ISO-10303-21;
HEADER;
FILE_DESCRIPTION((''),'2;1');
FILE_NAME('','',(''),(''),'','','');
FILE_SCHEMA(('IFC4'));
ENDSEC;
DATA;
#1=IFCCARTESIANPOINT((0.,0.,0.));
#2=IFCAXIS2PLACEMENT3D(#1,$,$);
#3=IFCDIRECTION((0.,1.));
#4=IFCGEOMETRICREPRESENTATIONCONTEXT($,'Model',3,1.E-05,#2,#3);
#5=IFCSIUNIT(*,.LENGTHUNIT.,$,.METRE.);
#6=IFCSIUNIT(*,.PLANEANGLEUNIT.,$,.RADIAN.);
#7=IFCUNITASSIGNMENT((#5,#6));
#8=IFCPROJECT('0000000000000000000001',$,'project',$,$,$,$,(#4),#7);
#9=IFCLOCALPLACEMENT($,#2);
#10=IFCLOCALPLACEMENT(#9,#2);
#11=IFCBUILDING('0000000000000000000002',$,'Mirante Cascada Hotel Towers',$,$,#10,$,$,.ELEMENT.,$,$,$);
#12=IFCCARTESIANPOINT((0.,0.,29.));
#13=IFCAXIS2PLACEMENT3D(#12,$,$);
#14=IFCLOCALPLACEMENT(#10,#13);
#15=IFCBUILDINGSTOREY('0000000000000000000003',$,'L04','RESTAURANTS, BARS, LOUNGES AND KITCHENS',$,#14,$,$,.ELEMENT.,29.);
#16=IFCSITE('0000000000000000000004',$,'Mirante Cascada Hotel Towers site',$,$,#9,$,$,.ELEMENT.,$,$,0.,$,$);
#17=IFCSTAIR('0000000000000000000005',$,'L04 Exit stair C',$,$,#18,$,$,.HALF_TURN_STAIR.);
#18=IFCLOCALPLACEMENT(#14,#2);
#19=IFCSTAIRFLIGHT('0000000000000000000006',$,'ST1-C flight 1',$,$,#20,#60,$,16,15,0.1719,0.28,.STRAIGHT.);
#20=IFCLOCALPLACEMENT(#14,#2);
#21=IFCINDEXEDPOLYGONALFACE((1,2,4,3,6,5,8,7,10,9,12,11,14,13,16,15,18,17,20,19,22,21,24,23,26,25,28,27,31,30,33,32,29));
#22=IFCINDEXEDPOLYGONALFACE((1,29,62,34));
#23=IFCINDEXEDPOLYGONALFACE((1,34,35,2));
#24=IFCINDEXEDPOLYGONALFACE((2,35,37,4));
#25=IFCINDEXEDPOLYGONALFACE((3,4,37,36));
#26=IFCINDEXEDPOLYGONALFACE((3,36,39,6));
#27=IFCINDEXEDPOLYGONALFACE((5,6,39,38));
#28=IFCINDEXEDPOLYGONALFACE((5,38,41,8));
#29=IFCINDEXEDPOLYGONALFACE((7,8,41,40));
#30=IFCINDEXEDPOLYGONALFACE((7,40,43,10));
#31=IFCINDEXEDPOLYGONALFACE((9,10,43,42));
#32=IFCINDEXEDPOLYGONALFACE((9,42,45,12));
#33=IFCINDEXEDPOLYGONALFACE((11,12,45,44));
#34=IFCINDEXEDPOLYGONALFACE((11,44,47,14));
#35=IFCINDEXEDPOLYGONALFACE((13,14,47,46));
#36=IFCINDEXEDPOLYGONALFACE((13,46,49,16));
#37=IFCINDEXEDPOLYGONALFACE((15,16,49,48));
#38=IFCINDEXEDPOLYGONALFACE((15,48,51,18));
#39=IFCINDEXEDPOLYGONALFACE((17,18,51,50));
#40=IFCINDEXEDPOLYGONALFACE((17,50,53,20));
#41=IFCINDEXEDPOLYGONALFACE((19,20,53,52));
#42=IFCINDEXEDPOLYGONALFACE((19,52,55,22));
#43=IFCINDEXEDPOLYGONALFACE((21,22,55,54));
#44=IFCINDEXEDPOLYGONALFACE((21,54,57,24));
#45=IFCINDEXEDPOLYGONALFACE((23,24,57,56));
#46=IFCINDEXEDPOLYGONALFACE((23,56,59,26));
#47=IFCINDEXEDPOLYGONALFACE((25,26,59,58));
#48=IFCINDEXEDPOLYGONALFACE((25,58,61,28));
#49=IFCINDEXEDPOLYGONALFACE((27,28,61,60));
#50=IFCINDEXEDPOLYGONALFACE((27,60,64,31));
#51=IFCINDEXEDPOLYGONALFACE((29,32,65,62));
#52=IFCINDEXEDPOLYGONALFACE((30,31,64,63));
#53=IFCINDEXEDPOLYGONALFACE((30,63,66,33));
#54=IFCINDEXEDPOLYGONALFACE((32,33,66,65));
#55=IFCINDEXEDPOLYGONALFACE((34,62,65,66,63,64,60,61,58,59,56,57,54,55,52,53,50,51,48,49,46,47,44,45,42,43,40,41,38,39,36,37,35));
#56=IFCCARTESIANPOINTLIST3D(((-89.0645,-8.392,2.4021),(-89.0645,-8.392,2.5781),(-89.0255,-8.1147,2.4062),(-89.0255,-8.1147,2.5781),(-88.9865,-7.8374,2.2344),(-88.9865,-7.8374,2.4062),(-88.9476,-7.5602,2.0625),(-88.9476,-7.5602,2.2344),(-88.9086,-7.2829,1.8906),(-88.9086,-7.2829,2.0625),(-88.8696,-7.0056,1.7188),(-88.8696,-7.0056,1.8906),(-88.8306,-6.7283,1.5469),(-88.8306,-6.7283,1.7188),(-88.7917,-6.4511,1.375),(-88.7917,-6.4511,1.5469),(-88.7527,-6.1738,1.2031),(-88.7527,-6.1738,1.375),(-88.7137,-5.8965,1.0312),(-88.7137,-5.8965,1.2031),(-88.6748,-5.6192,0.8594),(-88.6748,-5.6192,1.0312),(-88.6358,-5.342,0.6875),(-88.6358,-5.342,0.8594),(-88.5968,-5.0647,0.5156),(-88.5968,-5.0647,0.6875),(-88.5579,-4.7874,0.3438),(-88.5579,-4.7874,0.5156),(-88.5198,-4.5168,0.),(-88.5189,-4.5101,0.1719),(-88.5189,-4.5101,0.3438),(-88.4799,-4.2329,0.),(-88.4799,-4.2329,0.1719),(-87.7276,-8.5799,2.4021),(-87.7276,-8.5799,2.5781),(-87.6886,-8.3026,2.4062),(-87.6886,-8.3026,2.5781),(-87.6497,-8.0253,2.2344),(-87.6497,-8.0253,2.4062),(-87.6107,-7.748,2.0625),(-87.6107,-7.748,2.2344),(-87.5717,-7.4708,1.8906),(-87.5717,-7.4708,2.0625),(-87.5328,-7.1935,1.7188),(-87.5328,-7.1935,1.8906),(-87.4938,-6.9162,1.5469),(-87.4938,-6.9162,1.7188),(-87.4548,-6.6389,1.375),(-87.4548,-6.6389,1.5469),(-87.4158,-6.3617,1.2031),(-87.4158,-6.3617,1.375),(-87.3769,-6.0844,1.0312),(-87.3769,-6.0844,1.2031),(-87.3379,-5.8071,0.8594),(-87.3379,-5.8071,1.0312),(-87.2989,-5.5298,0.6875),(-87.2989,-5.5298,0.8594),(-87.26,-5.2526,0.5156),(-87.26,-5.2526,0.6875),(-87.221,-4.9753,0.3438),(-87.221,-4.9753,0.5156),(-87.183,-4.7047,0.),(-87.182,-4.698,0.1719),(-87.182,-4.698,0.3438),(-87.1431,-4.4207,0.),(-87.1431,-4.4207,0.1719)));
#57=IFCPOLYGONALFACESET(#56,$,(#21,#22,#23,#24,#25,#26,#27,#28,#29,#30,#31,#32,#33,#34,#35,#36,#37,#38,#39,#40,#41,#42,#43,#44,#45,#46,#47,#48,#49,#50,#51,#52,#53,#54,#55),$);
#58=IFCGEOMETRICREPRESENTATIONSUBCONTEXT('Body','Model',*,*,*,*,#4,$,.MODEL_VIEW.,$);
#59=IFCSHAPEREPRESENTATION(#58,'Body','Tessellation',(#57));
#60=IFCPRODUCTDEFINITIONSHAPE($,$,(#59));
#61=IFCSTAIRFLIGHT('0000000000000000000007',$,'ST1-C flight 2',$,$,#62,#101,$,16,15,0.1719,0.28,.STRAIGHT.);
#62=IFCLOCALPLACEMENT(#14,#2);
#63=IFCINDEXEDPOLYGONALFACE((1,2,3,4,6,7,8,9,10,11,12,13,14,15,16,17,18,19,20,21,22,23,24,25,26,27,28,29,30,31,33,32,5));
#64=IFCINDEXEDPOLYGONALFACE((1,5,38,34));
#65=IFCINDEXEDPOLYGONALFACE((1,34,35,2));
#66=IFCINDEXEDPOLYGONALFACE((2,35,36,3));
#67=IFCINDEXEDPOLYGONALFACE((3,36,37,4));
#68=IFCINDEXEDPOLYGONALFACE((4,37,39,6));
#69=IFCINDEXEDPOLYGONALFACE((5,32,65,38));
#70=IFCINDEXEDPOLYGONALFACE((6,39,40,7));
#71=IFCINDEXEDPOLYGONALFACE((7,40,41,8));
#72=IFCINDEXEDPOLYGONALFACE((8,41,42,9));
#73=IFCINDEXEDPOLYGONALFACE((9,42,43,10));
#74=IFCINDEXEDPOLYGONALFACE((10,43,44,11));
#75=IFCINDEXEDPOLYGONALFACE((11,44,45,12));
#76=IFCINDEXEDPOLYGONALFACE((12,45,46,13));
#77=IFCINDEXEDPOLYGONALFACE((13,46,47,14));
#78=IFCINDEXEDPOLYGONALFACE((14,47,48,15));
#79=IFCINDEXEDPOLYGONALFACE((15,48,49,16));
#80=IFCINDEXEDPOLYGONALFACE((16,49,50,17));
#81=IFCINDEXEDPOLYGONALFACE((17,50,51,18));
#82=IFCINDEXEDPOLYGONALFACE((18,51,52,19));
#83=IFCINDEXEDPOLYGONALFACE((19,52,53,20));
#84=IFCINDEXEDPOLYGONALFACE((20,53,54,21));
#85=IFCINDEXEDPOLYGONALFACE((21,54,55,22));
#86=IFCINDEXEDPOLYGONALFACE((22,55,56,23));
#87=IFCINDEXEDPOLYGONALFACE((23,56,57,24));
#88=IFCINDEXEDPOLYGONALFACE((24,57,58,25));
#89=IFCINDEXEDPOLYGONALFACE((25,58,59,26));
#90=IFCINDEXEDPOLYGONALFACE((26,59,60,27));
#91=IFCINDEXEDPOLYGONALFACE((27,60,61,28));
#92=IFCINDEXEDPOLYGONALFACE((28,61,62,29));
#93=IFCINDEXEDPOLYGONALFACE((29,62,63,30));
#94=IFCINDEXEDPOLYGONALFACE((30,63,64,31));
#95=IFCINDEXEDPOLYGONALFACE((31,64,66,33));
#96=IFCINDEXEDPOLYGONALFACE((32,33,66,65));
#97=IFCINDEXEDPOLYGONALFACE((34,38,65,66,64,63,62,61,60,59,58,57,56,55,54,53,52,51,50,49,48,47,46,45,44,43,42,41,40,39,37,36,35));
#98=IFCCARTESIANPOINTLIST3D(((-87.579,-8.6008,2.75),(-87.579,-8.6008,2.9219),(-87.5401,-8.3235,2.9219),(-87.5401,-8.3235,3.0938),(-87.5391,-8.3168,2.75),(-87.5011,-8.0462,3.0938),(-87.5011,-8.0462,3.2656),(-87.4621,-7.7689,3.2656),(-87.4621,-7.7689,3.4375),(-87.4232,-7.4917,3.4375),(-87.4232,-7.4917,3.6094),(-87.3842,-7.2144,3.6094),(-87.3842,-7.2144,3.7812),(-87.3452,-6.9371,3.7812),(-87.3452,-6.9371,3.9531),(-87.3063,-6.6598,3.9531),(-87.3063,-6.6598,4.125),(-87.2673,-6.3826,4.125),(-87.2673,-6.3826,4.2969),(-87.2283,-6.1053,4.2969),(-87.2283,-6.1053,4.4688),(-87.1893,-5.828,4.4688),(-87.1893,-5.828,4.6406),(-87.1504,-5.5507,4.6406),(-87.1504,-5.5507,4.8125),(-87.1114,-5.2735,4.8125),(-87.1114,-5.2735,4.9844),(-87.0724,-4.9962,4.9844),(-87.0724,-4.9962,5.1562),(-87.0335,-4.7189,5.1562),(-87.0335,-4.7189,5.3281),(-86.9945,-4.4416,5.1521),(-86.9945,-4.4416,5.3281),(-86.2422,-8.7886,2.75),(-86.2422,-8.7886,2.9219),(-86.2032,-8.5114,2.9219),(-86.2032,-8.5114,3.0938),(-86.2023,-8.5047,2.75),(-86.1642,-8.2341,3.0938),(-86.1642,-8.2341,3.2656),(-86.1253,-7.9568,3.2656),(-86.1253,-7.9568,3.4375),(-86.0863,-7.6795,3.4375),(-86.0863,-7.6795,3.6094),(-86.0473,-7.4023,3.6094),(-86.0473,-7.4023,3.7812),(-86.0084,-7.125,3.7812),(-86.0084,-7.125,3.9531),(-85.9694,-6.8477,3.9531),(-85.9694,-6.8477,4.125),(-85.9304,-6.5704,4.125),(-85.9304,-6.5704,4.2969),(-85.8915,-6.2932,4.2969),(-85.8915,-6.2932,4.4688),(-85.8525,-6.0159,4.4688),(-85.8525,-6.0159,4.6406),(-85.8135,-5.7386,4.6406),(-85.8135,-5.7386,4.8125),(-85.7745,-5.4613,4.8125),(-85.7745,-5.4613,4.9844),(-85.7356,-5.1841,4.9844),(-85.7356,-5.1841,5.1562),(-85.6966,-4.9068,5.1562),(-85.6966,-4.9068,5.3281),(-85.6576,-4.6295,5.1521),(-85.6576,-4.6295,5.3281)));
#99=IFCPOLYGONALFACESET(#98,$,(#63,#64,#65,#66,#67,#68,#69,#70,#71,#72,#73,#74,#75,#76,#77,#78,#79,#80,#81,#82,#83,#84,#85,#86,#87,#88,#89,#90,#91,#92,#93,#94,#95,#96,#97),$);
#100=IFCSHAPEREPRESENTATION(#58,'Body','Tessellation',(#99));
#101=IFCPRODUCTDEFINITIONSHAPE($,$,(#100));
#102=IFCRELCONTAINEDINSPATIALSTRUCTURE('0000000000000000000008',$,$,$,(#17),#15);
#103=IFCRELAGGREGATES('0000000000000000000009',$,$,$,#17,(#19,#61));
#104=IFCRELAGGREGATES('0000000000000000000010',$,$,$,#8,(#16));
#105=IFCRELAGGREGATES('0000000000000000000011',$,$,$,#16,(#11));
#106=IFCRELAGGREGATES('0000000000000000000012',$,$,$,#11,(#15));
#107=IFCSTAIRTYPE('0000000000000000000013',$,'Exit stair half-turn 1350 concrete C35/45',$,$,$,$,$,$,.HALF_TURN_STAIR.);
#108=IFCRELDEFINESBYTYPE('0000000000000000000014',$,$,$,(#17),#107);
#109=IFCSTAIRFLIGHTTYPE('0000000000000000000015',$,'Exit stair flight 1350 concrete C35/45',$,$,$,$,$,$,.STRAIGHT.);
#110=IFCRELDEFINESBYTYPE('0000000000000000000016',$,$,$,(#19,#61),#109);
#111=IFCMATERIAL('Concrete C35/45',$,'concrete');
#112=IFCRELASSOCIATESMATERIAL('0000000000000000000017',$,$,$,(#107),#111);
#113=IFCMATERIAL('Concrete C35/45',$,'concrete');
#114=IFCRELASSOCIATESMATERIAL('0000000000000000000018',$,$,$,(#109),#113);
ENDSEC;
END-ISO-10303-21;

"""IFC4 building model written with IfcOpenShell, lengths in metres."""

from ifc_helpers import new_model, si_unit, direction, frame, origin, place, context, subcontext, project, spatial, polyline, outline, extrude, material, type_object, element, aggregate, save


model = new_model("IFC4")

# Units and contexts
model_context = context("Model", 3, precision=1e-05, world=origin(), true_north=direction((0.0, 1.0)))
body_context = subcontext(model_context, "Body", "Model", "MODEL_VIEW")
ifc_project = project(units=[si_unit("LENGTHUNIT", "METRE"), si_unit("PLANEANGLEUNIT", "RADIAN")], contexts=[model_context])

# Site, building, storey
site_placement = place(None, origin())
site = spatial("IfcSite", under=ifc_project, at=site_placement, Name="Mirante Cascada Hotel Towers site", CompositionType="ELEMENT", RefElevation=0.0)
building_placement = place(site_placement, origin())
building = spatial("IfcBuilding", under=site, at=building_placement, Name="Mirante Cascada Hotel Towers", CompositionType="ELEMENT")
storey_placement = place(building_placement, frame((0.0, 0.0, 29.0)))
storey = spatial("IfcBuildingStorey", under=building, at=storey_placement, Name="L04", Description="RESTAURANTS, BARS, LOUNGES AND KITCHENS", CompositionType="ELEMENT", Elevation=29.0)

# Stair, stair flights
ifc_material_1 = material(Name="Concrete C35/45", Category="concrete")
stair_type = type_object("IfcStairType", Name="Exit stair half-turn 1350 concrete C35/45", PredefinedType="HALF_TURN_STAIR", material=ifc_material_1)
stair_placement = place(storey_placement, origin())
stair = element("IfcStair", 1, at=stair_placement, inside=storey, type_object=stair_type, Name="L04 Exit stair C", PredefinedType="HALF_TURN_STAIR")
ifc_material_2 = material(Name="Concrete C35/45", Category="concrete")
stair_flight_type = type_object("IfcStairFlightType", Name="Exit stair flight 1350 concrete C35/45", PredefinedType="STRAIGHT", material=ifc_material_2)
stair_flight_1_placement = place(storey_placement, frame((-87.8115, -4.3268, 0.0), z_axis=(0.0, 0.0, 1.0), x_axis=(-0.139173, -0.990268, 0.0)))
stair_flight_1 = element("IfcStairFlight", 2, at=stair_flight_1_placement, type_object=stair_flight_type, Name="ST1-C flight 1", NumberOfRisers=16, NumberOfTreads=15, PredefinedType="STRAIGHT", RiserHeight=0.1719, TreadLength=0.28, context=body_context, shape_type="SweptSolid", body=[
    extrude(outline(polyline([(0.0, 0.0), (0.0, 0.1719), (0.28, 0.1719), (0.28, 0.3438), (0.56, 0.3438), (0.56, 0.5156), (0.84, 0.5156), (0.84, 0.6875), (1.12, 0.6875), (1.12, 0.8594), (1.4, 0.8594), (1.4, 1.0312), (1.68, 1.0312), (1.68, 1.2031), (1.96, 1.2031), (1.96, 1.375), (2.24, 1.375), (2.24, 1.5469), (2.52, 1.5469), (2.52, 1.7188), (2.8, 1.7188), (2.8, 1.8906), (3.08, 1.8906), (3.08, 2.0625), (3.36, 2.0625), (3.36, 2.2344), (3.64, 2.2344), (3.64, 2.4062), (3.92, 2.4062), (3.92, 2.5781), (4.2, 2.5781), (4.2, 2.75), (4.2, 2.4021), (0.2867, 0.0), (0.0, 0.0)])), frame((0.0, 0.675, 0.0), z_axis=(0.0, -1.0, 0.0), x_axis=(1.0, 0.0, 0.0)), (0.0, 0.0, 1.0), 1.35),
])
stair_flight_2_placement = place(storey_placement, frame((-86.9106, -8.6947, 2.75), z_axis=(0.0, 0.0, 1.0), x_axis=(0.139173, 0.990268, 0.0)))
stair_flight_2 = element("IfcStairFlight", 3, at=stair_flight_2_placement, type_object=stair_flight_type, Name="ST1-C flight 2", NumberOfRisers=16, NumberOfTreads=15, PredefinedType="STRAIGHT", RiserHeight=0.1719, TreadLength=0.28, context=body_context, shape_type="SweptSolid", body=[
    extrude(outline(polyline([(0.0, 0.0), (0.0, 0.1719), (0.28, 0.1719), (0.28, 0.3438), (0.56, 0.3438), (0.56, 0.5156), (0.84, 0.5156), (0.84, 0.6875), (1.12, 0.6875), (1.12, 0.8594), (1.4, 0.8594), (1.4, 1.0312), (1.68, 1.0312), (1.68, 1.2031), (1.96, 1.2031), (1.96, 1.375), (2.24, 1.375), (2.24, 1.5469), (2.52, 1.5469), (2.52, 1.7188), (2.8, 1.7188), (2.8, 1.8906), (3.08, 1.8906), (3.08, 2.0625), (3.36, 2.0625), (3.36, 2.2344), (3.64, 2.2344), (3.64, 2.4062), (3.92, 2.4062), (3.92, 2.5781), (4.2, 2.5781), (4.2, 2.75), (4.2, 2.4021), (0.2867, 0.0), (0.0, 0.0)])), frame((0.0, 0.675, 0.0), z_axis=(0.0, -1.0, 0.0), x_axis=(1.0, 0.0, 0.0)), (0.0, 0.0, 1.0), 1.35),
])
aggregate(stair, [stair_flight_1, stair_flight_2])

save(model, "model.ifc")
